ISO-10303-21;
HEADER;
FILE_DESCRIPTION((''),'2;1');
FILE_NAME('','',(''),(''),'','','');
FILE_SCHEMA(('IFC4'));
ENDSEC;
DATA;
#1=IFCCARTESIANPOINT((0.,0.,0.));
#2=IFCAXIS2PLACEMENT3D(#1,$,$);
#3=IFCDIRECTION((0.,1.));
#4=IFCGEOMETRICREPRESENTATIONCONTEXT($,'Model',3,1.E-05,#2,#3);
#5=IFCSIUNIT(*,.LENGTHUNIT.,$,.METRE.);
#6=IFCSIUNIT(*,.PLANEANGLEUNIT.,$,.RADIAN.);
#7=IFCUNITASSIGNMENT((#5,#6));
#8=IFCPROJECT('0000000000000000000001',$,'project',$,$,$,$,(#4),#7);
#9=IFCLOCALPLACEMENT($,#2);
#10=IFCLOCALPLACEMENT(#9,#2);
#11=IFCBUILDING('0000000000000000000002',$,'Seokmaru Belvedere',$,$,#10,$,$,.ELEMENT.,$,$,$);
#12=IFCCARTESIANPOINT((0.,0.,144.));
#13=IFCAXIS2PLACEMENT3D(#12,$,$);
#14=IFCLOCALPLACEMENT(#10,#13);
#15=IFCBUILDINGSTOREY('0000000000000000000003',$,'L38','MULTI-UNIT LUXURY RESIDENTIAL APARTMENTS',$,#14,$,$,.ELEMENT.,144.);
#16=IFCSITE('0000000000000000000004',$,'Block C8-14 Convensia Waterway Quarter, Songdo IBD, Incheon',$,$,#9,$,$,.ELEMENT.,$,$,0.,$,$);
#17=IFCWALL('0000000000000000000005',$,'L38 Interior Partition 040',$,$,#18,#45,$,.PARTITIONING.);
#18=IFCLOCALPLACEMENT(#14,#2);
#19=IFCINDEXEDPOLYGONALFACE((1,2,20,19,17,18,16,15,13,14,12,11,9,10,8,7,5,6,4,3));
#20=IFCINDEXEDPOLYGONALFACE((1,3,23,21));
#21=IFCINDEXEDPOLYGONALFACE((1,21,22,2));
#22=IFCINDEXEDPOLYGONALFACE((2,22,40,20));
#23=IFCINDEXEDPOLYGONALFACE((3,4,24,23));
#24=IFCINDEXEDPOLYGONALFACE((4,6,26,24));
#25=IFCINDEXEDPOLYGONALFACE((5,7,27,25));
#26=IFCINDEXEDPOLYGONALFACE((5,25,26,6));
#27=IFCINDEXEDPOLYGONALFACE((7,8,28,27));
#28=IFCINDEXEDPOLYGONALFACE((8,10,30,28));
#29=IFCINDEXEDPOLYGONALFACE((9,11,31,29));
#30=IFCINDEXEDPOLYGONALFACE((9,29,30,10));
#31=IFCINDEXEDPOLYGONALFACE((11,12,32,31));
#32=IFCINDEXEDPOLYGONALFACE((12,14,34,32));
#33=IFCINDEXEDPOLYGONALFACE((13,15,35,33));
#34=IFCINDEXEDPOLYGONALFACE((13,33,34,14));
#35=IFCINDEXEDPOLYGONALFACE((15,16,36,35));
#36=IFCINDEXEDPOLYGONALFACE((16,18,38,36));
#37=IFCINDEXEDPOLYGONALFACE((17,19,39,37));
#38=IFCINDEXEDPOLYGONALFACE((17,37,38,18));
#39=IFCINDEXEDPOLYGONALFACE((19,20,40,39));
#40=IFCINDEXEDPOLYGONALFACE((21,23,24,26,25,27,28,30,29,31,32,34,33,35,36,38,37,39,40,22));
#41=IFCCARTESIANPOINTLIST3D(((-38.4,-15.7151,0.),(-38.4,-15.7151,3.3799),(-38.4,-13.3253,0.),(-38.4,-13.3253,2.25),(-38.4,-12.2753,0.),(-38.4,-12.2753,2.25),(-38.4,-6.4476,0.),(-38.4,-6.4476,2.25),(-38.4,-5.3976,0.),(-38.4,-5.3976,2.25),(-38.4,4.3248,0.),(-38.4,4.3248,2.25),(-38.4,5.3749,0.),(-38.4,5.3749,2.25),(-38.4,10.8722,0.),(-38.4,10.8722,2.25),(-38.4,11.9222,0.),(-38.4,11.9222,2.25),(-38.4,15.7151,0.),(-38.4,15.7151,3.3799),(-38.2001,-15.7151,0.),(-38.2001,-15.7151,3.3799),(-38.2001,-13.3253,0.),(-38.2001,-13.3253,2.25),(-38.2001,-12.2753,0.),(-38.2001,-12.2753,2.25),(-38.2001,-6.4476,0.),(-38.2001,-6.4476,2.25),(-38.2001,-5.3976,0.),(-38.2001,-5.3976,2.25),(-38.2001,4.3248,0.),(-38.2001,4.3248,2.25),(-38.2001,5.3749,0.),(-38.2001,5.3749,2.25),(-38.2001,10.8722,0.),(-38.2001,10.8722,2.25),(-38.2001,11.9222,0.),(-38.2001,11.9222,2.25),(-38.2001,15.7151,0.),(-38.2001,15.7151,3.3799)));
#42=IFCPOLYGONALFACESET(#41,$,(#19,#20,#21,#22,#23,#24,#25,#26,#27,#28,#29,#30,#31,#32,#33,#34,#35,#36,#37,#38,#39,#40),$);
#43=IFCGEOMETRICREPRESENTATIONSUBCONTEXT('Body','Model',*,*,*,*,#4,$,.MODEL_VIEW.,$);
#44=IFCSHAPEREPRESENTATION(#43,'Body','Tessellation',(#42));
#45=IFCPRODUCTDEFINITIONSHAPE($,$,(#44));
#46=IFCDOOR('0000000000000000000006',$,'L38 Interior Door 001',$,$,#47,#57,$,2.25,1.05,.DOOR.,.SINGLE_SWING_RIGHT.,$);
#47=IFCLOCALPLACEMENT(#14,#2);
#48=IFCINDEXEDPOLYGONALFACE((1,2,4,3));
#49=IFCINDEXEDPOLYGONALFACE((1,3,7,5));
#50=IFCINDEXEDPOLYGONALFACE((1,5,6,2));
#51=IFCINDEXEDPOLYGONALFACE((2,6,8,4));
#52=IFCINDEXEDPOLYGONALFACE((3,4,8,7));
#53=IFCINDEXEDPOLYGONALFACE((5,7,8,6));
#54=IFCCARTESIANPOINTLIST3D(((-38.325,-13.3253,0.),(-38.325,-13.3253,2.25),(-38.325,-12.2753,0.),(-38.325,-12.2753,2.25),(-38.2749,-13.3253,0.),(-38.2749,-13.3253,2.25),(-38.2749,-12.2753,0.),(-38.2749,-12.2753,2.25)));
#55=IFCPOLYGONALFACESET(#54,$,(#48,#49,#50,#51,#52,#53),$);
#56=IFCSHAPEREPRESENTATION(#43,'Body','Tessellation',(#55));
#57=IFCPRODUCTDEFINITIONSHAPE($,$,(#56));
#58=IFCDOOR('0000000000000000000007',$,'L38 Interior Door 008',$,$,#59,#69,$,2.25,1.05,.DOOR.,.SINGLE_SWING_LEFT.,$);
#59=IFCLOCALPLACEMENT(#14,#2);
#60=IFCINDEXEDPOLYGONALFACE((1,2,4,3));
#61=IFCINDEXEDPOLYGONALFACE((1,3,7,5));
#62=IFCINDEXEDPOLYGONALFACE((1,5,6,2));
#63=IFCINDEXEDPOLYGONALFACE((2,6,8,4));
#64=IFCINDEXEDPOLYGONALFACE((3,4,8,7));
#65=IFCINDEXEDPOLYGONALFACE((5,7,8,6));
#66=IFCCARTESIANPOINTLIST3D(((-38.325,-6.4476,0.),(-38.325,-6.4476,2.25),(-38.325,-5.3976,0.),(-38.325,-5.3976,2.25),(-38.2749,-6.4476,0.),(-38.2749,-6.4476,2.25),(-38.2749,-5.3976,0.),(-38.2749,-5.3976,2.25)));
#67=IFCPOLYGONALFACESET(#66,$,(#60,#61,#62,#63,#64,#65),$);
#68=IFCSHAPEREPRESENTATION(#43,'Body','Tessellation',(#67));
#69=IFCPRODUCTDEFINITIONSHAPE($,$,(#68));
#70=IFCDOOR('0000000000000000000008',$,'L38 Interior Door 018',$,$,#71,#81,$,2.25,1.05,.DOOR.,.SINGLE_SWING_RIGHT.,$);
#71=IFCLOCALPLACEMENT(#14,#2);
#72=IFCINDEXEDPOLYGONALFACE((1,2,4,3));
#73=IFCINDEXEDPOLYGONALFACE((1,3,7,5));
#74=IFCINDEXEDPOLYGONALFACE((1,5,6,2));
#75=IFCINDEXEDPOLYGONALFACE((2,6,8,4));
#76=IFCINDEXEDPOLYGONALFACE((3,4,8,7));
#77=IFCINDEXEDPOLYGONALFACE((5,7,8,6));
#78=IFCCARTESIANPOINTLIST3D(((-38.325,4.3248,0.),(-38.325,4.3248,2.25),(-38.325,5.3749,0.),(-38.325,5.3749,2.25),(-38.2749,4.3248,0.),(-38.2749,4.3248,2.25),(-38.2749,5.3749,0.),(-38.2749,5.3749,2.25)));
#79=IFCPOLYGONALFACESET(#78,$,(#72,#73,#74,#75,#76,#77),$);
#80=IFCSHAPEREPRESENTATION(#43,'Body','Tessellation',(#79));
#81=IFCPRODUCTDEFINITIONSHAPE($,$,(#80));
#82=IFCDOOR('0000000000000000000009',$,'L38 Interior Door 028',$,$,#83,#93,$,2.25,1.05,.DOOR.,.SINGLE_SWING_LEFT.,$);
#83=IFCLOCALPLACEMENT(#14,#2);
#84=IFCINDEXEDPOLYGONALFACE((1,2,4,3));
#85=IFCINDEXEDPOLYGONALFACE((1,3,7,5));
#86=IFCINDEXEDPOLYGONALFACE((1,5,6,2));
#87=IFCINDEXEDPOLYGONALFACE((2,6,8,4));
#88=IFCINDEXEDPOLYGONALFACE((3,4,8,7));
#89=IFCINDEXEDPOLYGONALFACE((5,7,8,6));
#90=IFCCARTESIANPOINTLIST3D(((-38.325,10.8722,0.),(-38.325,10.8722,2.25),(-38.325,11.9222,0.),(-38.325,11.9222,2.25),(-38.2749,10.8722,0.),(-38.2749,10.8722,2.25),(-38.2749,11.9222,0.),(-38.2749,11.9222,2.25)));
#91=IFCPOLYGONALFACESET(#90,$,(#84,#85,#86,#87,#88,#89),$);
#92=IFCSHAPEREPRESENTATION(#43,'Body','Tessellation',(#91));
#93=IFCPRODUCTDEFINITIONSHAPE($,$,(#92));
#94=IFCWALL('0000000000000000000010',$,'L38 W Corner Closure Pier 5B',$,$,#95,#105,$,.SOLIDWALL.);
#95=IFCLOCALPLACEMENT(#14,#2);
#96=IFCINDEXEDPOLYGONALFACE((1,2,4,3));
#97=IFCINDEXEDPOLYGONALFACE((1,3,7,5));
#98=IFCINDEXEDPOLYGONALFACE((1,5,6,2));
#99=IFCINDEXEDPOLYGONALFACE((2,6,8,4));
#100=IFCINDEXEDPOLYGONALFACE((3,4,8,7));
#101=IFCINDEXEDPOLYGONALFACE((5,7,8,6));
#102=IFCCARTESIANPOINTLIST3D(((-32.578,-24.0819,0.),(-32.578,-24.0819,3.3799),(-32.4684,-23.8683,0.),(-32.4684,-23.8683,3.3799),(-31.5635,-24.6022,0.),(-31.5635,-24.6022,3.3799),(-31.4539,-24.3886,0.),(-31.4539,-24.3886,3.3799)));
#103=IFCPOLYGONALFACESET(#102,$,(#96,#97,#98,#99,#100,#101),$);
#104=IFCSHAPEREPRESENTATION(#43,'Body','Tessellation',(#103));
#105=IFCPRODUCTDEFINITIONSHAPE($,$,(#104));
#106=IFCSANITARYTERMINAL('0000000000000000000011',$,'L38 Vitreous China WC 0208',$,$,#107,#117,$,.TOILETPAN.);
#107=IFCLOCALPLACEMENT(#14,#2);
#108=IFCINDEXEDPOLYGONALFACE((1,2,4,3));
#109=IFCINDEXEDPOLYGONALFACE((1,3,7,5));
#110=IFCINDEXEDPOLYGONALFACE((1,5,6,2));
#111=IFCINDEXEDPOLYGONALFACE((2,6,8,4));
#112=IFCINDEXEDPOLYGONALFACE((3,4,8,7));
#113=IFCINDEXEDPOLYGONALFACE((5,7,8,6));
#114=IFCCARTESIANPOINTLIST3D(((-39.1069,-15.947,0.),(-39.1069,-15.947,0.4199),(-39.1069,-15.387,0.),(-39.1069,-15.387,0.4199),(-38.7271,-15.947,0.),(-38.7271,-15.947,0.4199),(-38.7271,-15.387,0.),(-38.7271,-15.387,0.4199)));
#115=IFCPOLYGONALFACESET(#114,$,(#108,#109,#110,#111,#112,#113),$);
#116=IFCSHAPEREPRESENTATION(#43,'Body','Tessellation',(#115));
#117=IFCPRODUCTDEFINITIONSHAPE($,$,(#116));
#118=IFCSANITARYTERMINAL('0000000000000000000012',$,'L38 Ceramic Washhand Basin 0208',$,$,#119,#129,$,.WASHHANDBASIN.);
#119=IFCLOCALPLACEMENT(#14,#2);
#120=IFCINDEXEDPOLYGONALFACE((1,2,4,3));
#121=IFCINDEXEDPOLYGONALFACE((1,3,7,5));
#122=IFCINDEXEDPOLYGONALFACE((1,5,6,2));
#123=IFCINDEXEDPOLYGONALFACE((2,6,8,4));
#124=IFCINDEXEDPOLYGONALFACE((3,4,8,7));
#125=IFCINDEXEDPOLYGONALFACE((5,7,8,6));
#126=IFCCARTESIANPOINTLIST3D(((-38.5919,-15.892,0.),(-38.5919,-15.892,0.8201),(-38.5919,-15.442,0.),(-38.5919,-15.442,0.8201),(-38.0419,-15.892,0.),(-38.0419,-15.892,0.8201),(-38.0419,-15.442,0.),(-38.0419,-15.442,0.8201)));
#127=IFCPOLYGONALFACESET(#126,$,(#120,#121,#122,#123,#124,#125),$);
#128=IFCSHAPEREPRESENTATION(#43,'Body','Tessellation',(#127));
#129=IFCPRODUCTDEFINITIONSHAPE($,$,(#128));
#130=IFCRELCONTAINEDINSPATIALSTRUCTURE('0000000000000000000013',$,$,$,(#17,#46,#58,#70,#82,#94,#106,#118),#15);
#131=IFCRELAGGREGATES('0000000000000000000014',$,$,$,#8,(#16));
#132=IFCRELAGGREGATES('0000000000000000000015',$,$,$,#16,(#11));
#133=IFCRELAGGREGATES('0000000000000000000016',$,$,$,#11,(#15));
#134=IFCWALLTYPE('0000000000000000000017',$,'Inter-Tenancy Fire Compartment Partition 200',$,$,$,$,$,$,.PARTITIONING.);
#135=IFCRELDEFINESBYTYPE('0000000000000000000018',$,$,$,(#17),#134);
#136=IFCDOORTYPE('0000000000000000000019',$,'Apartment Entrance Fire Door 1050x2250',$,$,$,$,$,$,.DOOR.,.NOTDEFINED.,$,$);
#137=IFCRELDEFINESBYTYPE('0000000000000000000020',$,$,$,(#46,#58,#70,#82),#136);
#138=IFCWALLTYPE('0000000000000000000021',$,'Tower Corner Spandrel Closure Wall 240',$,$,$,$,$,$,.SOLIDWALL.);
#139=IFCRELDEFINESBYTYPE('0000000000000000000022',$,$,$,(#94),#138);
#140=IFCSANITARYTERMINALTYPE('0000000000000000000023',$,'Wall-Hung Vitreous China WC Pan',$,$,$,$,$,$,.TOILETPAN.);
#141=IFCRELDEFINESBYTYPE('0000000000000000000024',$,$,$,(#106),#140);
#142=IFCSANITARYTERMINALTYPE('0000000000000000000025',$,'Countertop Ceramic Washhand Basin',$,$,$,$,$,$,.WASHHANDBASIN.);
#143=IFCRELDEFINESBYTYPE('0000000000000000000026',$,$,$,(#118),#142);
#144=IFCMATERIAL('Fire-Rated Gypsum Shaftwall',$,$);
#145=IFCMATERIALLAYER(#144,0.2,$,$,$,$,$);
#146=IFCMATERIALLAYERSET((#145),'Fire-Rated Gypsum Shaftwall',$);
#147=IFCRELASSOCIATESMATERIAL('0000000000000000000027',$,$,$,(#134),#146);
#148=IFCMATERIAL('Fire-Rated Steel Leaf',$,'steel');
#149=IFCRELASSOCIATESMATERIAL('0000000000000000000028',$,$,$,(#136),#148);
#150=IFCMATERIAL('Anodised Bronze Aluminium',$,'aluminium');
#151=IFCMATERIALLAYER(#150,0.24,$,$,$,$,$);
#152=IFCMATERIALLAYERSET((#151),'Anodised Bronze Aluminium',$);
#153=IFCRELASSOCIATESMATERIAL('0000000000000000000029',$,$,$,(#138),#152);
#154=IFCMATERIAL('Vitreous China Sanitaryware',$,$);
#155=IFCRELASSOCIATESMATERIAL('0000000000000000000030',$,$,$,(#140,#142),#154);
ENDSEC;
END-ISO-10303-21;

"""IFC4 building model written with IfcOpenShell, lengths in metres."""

from ifc_helpers import new_model, si_unit, direction, frame, frame_2d, origin, origin_2d, place, context, subcontext, project, spatial, rectangle, extrude, source, transform, mapped, material, layer, layer_set, type_object, type_shapes, element, fill, save


model = new_model("IFC4")

# Units and contexts
model_context = context("Model", 3, precision=1e-05, world=origin(), true_north=direction((0.0, 1.0)))
body_context = subcontext(model_context, "Body", "Model", "MODEL_VIEW")
ifc_project = project(units=[si_unit("LENGTHUNIT", "METRE"), si_unit("PLANEANGLEUNIT", "RADIAN")], contexts=[model_context])

# Site, building, storey
site_placement = place(None, origin())
site = spatial("IfcSite", under=ifc_project, at=site_placement, Name="Block C8-14 Convensia Waterway Quarter, Songdo IBD, Incheon", CompositionType="ELEMENT", RefElevation=0.0)
building_placement = place(site_placement, origin())
building = spatial("IfcBuilding", under=site, at=building_placement, Name="Seokmaru Belvedere", CompositionType="ELEMENT")
storey_placement = place(building_placement, frame((0.0, 0.0, 144.0)))
storey = spatial("IfcBuildingStorey", under=building, at=storey_placement, Name="L38", Description="MULTI-UNIT LUXURY RESIDENTIAL APARTMENTS", CompositionType="ELEMENT", Elevation=144.0)

# Shared definitions
ifc_material_1 = material(Name="Anodised Bronze Aluminium", Category="aluminium")

# Shared definitions
ifc_material_2 = material(Name="Fire-Rated Gypsum Shaftwall")
ifc_layer_1 = layer(ifc_material_2, 0.2)
ifc_layer_set_1 = layer_set([ifc_layer_1], Name="Fire-Rated Gypsum Shaftwall")
wall_type_1 = type_object("IfcWallType", Name="Inter-Tenancy Fire Compartment Partition 200", PredefinedType="PARTITIONING", material=ifc_layer_set_1)

# Wall, openings, doors
wall_1_placement = place(storey_placement, frame((-38.3, -15.7151, 0.0), z_axis=(0.0, 0.0, 1.0), x_axis=(0.0, 1.0, 0.0)))
wall_1 = element("IfcWall", 1, at=wall_1_placement, inside=storey, type_object=wall_type_1, Name="L38 Interior Partition 040", PredefinedType="PARTITIONING", context=body_context, shape_type="SweptSolid", body=[
    extrude(rectangle(XDim=31.4302, YDim=0.2, at=frame_2d((15.7151, 0.0))), origin(), (0.0, 0.0, 1.0), 3.3799),
])
opening_1_placement = place(wall_1_placement, frame((2.3899, 0.0, 0.0)))
opening_1 = element("IfcOpeningElement", 2, at=opening_1_placement, cuts=wall_1, PredefinedType="OPENING", context=body_context, shape_type="SweptSolid", body=[
    extrude(rectangle(XDim=1.05, YDim=2.25, at=frame_2d((0.5249, 1.125))), frame((0.0, 0.1099, 0.0), z_axis=(0.0, -1.0, 0.0), x_axis=(1.0, 0.0, 0.0)), (0.0, 0.0, 1.0), 0.22),
])
opening_2_placement = place(wall_1_placement, frame((9.2676, 0.0, 0.0)))
opening_2 = element("IfcOpeningElement", 3, at=opening_2_placement, cuts=wall_1, PredefinedType="OPENING", context=body_context, shape_type="SweptSolid", body=[
    extrude(rectangle(XDim=1.05, YDim=2.25, at=frame_2d((0.5249, 1.125))), frame((0.0, 0.1099, 0.0), z_axis=(0.0, -1.0, 0.0), x_axis=(1.0, 0.0, 0.0)), (0.0, 0.0, 1.0), 0.22),
])
opening_3_placement = place(wall_1_placement, frame((20.04, 0.0, 0.0)))
opening_3 = element("IfcOpeningElement", 4, at=opening_3_placement, cuts=wall_1, PredefinedType="OPENING", context=body_context, shape_type="SweptSolid", body=[
    extrude(rectangle(XDim=1.05, YDim=2.25, at=frame_2d((0.5249, 1.125))), frame((0.0, 0.1099, 0.0), z_axis=(0.0, -1.0, 0.0), x_axis=(1.0, 0.0, 0.0)), (0.0, 0.0, 1.0), 0.22),
])
opening_4_placement = place(wall_1_placement, frame((26.5874, 0.0, 0.0)))
opening_4 = element("IfcOpeningElement", 5, at=opening_4_placement, cuts=wall_1, PredefinedType="OPENING", context=body_context, shape_type="SweptSolid", body=[
    extrude(rectangle(XDim=1.05, YDim=2.25, at=frame_2d((0.5249, 1.125))), frame((0.0, 0.1099, 0.0), z_axis=(0.0, -1.0, 0.0), x_axis=(1.0, 0.0, 0.0)), (0.0, 0.0, 1.0), 0.22),
])
ifc_material_3 = material(Name="Fire-Rated Steel Leaf", Category="steel")
door_type_1 = type_object("IfcDoorType", Name="Apartment Entrance Fire Door 1050x2250", OperationType="NOTDEFINED", PredefinedType="DOOR", material=ifc_material_3)
shared_shape_1 = source(origin(), body_context, "Body", "SweptSolid", [
    extrude(rectangle(XDim=1.05, YDim=2.25, at=frame_2d((0.5249, 1.125))), frame((0.0, 0.0249, 0.0), z_axis=(0.0, -1.0, 0.0), x_axis=(1.0, 0.0, 0.0)), (0.0, 0.0, 1.0), 0.05),
])
type_shapes(door_type_1, [shared_shape_1])
door_1_placement = place(opening_1_placement, origin())
door_1 = element("IfcDoor", 6, at=door_1_placement, inside=storey, type_object=door_type_1, Name="L38 Interior Door 001", OperationType="SINGLE_SWING_RIGHT", OverallHeight=2.25, OverallWidth=1.05, PredefinedType="DOOR", context=body_context, shape_type="MappedRepresentation", body=[
    mapped(shared_shape_1, transform((0.0, 0.0, 0.0), scale=1.0)),
])
fill(opening_1, door_1)
door_2_placement = place(opening_2_placement, origin())
door_2 = element("IfcDoor", 7, at=door_2_placement, inside=storey, type_object=door_type_1, Name="L38 Interior Door 008", OperationType="SINGLE_SWING_LEFT", OverallHeight=2.25, OverallWidth=1.05, PredefinedType="DOOR", context=body_context, shape_type="MappedRepresentation", body=[
    mapped(shared_shape_1, transform((0.0, 0.0, 0.0), scale=1.0)),
])
fill(opening_2, door_2)
door_3_placement = place(opening_3_placement, origin())
door_3 = element("IfcDoor", 8, at=door_3_placement, inside=storey, type_object=door_type_1, Name="L38 Interior Door 018", OperationType="SINGLE_SWING_RIGHT", OverallHeight=2.25, OverallWidth=1.05, PredefinedType="DOOR", context=body_context, shape_type="MappedRepresentation", body=[
    mapped(shared_shape_1, transform((0.0, 0.0, 0.0), scale=1.0)),
])
fill(opening_3, door_3)
door_4_placement = place(opening_4_placement, origin())
door_4 = element("IfcDoor", 9, at=door_4_placement, inside=storey, type_object=door_type_1, Name="L38 Interior Door 028", OperationType="SINGLE_SWING_LEFT", OverallHeight=2.25, OverallWidth=1.05, PredefinedType="DOOR", context=body_context, shape_type="MappedRepresentation", body=[
    mapped(shared_shape_1, transform((0.0, 0.0, 0.0), scale=1.0)),
])
fill(opening_4, door_4)

# Wall
ifc_layer_2 = layer(ifc_material_1, 0.24)
ifc_layer_set_2 = layer_set([ifc_layer_2], Name="Anodised Bronze Aluminium")
wall_type_2 = type_object("IfcWallType", Name="Tower Corner Spandrel Closure Wall 240", PredefinedType="SOLIDWALL", material=ifc_layer_set_2)
wall_2_placement = place(storey_placement, frame((-32.5232, -23.9751, 0.0), z_axis=(0.0, 0.0, 1.0), x_axis=(0.889797, -0.456356, 0.0)))
element("IfcWall", 10, at=wall_2_placement, inside=storey, type_object=wall_type_2, Name="L38 W Corner Closure Pier 5B", PredefinedType="SOLIDWALL", context=body_context, shape_type="SweptSolid", body=[
    extrude(rectangle(XDim=1.1401, YDim=0.24, at=frame_2d((0.5701, 0.0))), origin(), (0.0, 0.0, 1.0), 3.3799),
])

# Sanitary terminals
ifc_material_4 = material(Name="Vitreous China Sanitaryware")
sanitary_terminal_type_1 = type_object("IfcSanitaryTerminalType", Name="Wall-Hung Vitreous China WC Pan", PredefinedType="TOILETPAN", material=ifc_material_4)
shared_shape_2 = source(origin(), body_context, "Body", "SweptSolid", [
    extrude(rectangle(XDim=0.3799, YDim=0.5601, at=origin_2d()), origin(), (0.0, 0.0, 1.0), 0.4199),
])
type_shapes(sanitary_terminal_type_1, [shared_shape_2])
sanitary_terminal_1_placement = place(storey_placement, frame((-38.917, -15.667, 0.0), z_axis=(0.0, 0.0, 1.0), x_axis=(1.0, 0.0, 0.0)))
element("IfcSanitaryTerminal", 11, at=sanitary_terminal_1_placement, inside=storey, type_object=sanitary_terminal_type_1, Name="L38 Vitreous China WC 0208", PredefinedType="TOILETPAN", context=body_context, shape_type="MappedRepresentation", body=[
    mapped(shared_shape_2, transform((0.0, 0.0, 0.0), scale=1.0)),
])
sanitary_terminal_type_2 = type_object("IfcSanitaryTerminalType", Name="Countertop Ceramic Washhand Basin", PredefinedType="WASHHANDBASIN", material=ifc_material_4)
shared_shape_3 = source(origin(), body_context, "Body", "SweptSolid", [
    extrude(rectangle(XDim=0.55, YDim=0.45, at=origin_2d()), origin(), (0.0, 0.0, 1.0), 0.8201),
])
type_shapes(sanitary_terminal_type_2, [shared_shape_3])
sanitary_terminal_2_placement = place(storey_placement, frame((-38.3169, -15.667, 0.0), z_axis=(0.0, 0.0, 1.0), x_axis=(1.0, 0.0, 0.0)))
element("IfcSanitaryTerminal", 12, at=sanitary_terminal_2_placement, inside=storey, type_object=sanitary_terminal_type_2, Name="L38 Ceramic Washhand Basin 0208", PredefinedType="WASHHANDBASIN", context=body_context, shape_type="MappedRepresentation", body=[
    mapped(shared_shape_3, transform((0.0, 0.0, 0.0), scale=1.0)),
])

save(model, "model.ifc")
